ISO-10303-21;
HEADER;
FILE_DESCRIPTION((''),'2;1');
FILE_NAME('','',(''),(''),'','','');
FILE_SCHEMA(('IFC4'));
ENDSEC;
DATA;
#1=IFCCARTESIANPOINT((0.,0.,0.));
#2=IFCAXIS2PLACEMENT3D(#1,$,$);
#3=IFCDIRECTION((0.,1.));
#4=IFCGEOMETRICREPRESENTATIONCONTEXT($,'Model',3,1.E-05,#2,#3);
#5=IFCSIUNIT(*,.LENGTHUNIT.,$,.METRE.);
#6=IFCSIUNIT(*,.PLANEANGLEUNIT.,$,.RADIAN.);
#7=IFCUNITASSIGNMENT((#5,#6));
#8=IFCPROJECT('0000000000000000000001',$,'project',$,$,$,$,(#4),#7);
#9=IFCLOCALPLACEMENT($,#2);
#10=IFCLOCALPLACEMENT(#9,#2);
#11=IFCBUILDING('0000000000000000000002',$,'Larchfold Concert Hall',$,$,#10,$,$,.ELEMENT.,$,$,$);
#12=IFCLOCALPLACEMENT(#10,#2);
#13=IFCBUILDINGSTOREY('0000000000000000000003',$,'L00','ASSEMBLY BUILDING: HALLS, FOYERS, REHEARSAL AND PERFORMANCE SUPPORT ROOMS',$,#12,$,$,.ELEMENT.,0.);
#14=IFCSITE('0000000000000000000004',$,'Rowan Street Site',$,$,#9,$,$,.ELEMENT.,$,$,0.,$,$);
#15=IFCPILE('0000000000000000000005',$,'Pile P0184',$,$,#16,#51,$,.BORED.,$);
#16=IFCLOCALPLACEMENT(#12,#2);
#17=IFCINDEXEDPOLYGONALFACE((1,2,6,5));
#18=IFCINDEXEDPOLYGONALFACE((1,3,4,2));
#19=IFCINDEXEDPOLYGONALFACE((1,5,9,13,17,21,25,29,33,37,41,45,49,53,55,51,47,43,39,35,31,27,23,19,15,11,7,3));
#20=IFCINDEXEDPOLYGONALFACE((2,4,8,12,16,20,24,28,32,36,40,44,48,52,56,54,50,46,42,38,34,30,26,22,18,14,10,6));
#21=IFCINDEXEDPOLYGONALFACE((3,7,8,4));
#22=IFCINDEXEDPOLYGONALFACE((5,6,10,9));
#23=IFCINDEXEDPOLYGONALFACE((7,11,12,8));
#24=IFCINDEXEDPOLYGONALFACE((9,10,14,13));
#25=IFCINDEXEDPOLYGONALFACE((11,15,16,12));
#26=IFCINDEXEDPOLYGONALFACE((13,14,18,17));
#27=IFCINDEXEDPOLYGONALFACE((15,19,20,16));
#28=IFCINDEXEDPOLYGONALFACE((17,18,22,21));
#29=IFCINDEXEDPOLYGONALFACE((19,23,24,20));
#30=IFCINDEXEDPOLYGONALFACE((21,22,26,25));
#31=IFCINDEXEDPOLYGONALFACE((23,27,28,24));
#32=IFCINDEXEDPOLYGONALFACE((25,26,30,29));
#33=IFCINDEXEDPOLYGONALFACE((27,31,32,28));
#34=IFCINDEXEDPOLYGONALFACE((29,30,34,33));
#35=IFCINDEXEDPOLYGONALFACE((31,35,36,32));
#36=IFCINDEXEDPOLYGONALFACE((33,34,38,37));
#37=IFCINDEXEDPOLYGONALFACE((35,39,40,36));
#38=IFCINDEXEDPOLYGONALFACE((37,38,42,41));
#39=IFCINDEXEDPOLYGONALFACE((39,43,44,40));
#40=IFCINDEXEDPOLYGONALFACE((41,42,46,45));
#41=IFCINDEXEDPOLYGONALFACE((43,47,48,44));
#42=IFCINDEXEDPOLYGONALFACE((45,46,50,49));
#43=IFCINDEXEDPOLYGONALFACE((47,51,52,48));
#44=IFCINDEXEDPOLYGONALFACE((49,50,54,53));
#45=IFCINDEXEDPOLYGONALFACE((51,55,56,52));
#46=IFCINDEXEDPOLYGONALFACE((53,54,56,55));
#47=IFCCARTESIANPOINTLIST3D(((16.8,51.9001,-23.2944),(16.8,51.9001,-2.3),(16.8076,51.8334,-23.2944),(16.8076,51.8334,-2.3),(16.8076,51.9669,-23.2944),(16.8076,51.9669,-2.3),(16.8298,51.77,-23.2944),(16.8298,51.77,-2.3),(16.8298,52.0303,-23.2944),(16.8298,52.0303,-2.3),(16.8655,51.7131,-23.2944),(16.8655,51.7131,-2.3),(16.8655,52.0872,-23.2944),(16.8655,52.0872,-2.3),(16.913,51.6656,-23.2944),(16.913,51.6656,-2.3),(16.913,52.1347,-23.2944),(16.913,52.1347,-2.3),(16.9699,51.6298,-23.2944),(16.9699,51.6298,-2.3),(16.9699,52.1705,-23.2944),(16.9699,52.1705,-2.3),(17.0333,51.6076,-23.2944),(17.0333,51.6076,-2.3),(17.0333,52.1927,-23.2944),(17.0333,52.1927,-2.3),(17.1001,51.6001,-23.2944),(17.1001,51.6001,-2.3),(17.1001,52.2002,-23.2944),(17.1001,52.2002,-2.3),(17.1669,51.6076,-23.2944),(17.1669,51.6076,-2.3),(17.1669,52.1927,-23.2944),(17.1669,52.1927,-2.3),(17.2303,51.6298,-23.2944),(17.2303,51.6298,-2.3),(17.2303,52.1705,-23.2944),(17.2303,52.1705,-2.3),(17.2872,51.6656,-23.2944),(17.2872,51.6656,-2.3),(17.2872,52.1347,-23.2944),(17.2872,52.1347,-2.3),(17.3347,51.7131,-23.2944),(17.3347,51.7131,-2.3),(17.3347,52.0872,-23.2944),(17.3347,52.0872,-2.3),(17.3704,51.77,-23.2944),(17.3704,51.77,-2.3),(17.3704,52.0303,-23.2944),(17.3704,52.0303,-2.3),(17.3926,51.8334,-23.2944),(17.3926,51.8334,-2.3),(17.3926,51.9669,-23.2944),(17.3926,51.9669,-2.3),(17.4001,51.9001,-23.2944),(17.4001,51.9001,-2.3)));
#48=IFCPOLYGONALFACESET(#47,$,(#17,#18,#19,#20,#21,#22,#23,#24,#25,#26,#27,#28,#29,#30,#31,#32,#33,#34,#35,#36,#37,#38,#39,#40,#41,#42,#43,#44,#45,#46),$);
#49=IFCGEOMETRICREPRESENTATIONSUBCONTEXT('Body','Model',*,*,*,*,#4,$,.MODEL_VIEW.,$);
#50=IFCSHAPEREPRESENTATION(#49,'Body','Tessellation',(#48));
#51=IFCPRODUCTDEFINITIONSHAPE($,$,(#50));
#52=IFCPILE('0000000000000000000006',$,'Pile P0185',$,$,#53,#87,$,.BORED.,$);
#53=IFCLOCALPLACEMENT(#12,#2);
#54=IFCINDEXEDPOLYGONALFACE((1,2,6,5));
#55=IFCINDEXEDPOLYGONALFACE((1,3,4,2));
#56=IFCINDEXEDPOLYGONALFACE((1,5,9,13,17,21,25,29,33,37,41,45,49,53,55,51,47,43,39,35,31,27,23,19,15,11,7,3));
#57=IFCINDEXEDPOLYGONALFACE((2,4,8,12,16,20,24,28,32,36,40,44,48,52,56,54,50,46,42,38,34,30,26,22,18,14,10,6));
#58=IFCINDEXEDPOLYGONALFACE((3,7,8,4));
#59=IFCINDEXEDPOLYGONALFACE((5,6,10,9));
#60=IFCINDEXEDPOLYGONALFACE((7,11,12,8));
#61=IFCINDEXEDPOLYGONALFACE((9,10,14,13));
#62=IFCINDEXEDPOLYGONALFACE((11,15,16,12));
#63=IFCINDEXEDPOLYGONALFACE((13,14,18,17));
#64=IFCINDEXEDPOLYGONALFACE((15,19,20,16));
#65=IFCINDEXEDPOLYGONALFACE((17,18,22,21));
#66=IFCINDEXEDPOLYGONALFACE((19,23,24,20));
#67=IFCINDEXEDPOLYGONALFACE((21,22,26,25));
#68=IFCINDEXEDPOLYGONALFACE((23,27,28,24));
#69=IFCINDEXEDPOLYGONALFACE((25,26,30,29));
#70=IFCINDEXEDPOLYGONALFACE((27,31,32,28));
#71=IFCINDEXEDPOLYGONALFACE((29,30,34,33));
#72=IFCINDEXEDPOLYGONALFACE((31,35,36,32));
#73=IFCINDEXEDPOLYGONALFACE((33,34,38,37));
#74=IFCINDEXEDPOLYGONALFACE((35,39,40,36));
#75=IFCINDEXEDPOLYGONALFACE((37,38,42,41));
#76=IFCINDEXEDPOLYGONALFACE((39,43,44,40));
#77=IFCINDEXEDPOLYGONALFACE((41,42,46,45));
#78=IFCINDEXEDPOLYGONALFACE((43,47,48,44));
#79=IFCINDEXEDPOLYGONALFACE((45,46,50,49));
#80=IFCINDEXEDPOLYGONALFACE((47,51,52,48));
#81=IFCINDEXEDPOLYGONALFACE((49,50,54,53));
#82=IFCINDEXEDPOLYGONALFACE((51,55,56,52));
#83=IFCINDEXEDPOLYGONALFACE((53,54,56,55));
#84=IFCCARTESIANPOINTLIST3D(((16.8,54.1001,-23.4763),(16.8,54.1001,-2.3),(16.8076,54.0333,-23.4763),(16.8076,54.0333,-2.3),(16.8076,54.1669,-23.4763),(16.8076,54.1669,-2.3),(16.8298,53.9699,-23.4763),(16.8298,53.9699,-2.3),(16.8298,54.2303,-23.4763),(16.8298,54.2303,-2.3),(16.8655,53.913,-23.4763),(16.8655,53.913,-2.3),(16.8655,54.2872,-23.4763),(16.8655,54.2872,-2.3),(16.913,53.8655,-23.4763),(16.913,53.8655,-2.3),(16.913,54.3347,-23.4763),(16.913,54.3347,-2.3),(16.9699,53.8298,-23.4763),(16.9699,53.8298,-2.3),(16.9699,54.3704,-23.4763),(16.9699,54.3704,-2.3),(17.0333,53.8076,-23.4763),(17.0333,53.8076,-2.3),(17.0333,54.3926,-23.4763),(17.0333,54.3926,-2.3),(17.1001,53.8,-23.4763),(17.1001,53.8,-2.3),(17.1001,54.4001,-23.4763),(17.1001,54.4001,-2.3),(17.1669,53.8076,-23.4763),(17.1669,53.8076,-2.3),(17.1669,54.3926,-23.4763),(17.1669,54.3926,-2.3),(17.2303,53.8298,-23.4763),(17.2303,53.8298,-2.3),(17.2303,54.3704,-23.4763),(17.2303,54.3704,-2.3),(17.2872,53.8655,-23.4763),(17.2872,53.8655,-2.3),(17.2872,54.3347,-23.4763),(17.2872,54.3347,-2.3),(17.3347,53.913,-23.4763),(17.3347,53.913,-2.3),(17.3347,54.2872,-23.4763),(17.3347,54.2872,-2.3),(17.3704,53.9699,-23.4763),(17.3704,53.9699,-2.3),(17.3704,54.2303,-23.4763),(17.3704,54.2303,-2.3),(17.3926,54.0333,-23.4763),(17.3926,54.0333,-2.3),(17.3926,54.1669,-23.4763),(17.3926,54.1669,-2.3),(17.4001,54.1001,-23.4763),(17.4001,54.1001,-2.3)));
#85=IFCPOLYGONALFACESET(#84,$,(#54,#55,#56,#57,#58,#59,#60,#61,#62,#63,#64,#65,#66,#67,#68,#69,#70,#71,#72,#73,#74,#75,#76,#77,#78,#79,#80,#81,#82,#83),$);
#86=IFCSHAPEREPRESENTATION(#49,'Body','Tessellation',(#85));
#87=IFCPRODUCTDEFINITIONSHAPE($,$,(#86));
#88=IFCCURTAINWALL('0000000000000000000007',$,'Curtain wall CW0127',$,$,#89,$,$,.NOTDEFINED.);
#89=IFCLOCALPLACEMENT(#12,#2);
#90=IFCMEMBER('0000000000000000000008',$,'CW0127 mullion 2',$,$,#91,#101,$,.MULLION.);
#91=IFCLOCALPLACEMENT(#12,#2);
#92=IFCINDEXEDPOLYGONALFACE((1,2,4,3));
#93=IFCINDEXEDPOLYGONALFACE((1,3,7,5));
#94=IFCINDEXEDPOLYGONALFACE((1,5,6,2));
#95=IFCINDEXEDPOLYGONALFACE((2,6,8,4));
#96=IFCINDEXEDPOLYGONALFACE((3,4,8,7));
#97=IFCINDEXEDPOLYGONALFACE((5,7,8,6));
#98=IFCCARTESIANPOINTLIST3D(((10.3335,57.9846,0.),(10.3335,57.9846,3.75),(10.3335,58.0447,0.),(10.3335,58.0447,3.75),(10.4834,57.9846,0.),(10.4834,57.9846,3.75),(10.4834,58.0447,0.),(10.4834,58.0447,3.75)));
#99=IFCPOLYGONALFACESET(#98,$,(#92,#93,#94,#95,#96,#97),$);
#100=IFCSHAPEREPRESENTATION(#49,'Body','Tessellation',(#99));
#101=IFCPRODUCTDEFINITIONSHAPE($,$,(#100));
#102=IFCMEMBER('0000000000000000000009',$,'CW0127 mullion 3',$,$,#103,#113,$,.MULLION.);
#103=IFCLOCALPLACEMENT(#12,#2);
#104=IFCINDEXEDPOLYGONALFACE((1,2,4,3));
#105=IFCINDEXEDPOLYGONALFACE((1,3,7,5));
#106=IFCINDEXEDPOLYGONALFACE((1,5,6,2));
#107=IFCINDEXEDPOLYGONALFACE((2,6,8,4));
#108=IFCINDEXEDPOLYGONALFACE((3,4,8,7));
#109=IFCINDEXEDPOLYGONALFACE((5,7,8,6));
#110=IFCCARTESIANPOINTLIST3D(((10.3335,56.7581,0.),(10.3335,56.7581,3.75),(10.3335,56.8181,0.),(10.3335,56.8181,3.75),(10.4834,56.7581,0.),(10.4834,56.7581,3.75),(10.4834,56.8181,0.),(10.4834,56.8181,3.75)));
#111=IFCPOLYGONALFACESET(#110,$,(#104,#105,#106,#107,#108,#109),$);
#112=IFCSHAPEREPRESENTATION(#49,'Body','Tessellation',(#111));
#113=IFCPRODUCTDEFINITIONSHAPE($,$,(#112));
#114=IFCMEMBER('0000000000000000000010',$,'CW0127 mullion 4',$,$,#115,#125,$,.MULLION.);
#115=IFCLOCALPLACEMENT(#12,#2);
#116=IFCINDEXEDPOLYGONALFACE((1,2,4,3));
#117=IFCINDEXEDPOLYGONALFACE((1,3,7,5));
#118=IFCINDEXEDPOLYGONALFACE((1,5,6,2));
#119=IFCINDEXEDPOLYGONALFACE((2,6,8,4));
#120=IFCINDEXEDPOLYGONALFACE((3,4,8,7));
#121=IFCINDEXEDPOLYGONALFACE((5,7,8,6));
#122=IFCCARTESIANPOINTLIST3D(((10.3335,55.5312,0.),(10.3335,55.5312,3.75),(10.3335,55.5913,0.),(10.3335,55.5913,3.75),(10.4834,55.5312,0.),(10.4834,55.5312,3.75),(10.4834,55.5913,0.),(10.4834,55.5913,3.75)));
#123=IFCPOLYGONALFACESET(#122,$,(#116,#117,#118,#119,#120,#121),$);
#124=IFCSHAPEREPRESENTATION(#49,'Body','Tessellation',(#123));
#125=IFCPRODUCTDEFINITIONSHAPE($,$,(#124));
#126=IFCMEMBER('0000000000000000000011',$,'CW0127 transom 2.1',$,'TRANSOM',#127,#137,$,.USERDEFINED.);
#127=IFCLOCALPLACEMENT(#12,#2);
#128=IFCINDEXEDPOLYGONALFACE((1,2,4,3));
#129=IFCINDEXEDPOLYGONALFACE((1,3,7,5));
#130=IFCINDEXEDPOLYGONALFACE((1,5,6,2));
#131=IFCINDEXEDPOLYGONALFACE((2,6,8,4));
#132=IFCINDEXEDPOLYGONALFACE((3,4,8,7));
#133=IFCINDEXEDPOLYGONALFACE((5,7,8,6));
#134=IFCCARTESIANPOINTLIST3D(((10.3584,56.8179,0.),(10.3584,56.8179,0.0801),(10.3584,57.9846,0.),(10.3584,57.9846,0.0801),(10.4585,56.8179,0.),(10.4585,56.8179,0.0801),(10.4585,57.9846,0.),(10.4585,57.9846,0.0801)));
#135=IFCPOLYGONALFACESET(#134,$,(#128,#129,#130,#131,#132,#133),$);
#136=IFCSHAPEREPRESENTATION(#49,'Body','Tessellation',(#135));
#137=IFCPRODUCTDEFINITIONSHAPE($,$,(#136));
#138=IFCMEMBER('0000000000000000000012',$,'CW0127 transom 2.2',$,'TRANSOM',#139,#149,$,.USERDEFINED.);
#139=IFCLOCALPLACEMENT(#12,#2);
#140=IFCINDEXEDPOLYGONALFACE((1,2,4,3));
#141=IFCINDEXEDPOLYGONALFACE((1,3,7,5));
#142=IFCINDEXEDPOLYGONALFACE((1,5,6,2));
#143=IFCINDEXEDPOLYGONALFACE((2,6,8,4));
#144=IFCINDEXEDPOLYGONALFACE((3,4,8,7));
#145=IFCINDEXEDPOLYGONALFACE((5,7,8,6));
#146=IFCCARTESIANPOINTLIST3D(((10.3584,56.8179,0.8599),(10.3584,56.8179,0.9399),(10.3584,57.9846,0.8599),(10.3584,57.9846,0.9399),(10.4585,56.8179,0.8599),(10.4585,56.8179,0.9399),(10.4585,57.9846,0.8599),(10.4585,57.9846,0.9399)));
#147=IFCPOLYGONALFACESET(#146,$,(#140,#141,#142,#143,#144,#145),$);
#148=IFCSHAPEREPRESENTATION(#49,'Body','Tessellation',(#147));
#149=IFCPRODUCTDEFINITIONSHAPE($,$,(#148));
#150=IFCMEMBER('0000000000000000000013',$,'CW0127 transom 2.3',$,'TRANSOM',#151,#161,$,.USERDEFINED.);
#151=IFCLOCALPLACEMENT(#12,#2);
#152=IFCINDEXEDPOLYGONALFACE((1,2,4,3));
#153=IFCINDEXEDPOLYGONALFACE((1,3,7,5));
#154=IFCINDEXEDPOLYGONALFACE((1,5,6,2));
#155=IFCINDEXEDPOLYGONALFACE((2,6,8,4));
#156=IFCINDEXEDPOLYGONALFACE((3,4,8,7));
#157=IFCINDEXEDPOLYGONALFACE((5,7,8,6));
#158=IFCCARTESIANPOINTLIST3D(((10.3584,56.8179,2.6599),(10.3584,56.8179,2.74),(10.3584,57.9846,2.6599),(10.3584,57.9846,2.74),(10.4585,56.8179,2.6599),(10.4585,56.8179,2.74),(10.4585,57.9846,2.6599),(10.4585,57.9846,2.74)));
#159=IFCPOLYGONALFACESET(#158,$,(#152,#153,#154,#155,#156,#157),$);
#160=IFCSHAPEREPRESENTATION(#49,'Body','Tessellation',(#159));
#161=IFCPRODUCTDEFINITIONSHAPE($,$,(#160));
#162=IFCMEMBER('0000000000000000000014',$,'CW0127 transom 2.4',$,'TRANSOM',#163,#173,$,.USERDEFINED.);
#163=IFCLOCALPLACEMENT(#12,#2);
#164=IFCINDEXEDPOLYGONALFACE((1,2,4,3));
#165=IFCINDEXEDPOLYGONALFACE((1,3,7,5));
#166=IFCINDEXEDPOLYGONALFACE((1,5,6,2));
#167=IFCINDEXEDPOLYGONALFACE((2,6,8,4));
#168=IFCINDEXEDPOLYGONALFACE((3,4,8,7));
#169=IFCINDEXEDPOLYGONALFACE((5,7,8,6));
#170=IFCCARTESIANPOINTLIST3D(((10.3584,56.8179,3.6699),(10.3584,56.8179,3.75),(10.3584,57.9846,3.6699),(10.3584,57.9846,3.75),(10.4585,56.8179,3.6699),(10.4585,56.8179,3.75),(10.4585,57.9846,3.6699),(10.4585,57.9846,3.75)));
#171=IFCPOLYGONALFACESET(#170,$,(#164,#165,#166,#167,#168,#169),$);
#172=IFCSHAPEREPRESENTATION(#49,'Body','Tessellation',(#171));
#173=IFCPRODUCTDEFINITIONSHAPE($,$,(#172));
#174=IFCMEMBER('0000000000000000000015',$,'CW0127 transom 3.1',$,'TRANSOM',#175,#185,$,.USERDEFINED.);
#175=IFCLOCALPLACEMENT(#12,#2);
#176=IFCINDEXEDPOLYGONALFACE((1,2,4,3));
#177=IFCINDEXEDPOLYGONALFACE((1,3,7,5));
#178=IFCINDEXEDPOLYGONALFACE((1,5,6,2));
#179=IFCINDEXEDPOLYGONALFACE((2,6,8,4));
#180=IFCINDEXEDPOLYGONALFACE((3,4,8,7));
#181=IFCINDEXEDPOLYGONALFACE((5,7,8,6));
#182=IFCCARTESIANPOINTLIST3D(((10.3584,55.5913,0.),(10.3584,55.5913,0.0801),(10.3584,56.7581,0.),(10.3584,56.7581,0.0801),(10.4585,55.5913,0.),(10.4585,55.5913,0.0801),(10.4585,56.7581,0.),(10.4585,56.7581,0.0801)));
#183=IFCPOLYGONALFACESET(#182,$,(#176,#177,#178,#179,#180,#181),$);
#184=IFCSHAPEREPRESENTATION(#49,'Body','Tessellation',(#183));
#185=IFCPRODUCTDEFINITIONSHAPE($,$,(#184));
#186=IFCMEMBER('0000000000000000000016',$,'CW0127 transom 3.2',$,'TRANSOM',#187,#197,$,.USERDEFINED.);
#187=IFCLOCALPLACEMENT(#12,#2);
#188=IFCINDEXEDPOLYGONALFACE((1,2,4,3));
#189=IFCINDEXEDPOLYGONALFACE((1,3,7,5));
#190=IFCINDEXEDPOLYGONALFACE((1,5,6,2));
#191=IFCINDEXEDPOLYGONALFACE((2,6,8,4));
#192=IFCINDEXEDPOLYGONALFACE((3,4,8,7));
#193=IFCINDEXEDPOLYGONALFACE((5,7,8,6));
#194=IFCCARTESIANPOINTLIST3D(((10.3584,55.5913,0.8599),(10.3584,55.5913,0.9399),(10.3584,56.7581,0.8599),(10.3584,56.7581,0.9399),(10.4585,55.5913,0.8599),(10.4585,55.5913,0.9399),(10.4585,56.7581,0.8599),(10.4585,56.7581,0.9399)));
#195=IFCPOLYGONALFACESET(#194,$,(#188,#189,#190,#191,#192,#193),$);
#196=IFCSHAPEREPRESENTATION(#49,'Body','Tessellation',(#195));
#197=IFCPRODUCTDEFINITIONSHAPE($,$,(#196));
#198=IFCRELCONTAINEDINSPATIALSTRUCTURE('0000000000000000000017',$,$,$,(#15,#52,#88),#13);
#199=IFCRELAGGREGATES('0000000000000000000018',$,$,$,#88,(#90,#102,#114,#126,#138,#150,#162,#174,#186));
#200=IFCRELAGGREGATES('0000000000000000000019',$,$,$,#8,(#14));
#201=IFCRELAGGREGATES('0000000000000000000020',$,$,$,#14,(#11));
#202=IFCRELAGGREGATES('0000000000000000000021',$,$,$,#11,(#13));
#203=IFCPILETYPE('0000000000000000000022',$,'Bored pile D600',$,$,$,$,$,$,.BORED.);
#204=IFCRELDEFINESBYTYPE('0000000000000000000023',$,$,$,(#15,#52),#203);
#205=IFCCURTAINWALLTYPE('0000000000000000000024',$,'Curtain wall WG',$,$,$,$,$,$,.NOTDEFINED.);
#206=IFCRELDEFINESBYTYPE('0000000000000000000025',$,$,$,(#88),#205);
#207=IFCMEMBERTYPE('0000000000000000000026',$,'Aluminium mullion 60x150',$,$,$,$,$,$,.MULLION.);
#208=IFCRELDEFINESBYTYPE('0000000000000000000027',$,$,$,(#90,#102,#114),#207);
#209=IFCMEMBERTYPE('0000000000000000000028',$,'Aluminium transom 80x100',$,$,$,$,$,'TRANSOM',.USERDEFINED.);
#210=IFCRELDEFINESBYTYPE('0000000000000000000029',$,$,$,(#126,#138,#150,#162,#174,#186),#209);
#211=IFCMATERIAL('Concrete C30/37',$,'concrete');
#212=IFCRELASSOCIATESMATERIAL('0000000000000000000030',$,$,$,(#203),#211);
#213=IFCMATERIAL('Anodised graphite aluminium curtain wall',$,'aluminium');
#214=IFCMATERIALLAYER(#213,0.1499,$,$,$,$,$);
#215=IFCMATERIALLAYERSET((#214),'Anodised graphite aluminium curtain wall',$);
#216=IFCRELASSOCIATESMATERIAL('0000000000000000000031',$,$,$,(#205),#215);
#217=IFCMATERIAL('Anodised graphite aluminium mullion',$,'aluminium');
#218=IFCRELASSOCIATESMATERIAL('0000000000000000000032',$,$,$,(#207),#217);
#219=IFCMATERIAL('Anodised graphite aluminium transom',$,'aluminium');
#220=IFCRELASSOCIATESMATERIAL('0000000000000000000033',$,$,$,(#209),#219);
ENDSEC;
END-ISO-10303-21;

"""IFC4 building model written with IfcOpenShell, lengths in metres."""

from ifc_helpers import new_model, si_unit, direction, frame, origin, origin_2d, place, context, subcontext, project, spatial, rectangle, circle, extrude, material, layer, layer_set, material_profile, profile_set, type_object, element, aggregate, save


model = new_model("IFC4")

# Units and contexts
model_context = context("Model", 3, precision=1e-05, world=origin(), true_north=direction((0.0, 1.0)))
body_context = subcontext(model_context, "Body", "Model", "MODEL_VIEW")
ifc_project = project(units=[si_unit("LENGTHUNIT", "METRE"), si_unit("PLANEANGLEUNIT", "RADIAN")], contexts=[model_context])

# Site, building, storey
site_placement = place(None, origin())
site = spatial("IfcSite", under=ifc_project, at=site_placement, Name="Rowan Street Site", CompositionType="ELEMENT", RefElevation=0.0)
building_placement = place(site_placement, origin())
building = spatial("IfcBuilding", under=site, at=building_placement, Name="Larchfold Concert Hall", CompositionType="ELEMENT")
storey_placement = place(building_placement, origin())
storey = spatial("IfcBuildingStorey", under=building, at=storey_placement, Name="L00", Description="ASSEMBLY BUILDING: HALLS, FOYERS, REHEARSAL AND PERFORMANCE SUPPORT ROOMS", CompositionType="ELEMENT", Elevation=0.0)

# Piles
ifc_material_1 = material(Name="Concrete C30/37", Category="concrete")
ifc_material_profile_1 = material_profile(ifc_material_1, circle(Radius=0.3, at=origin_2d()))
ifc_profile_set_1 = profile_set([ifc_material_profile_1], Name="Concrete C30/37")
pile_type = type_object("IfcPileType", Name="Bored pile D600", PredefinedType="BORED", material=ifc_profile_set_1)
pile_1_placement = place(storey_placement, frame((17.1001, 51.9001, -2.3), z_axis=(0.0, 0.0, -1.0), x_axis=(1.0, 0.0, 0.0)))
element("IfcPile", 1, at=pile_1_placement, inside=storey, type_object=pile_type, Name="Pile P0184", PredefinedType="BORED", context=body_context, shape_type="SweptSolid", body=[
    extrude(circle(Radius=0.3, at=origin_2d()), origin(), (0.0, 0.0, 1.0), 20.9944),
])
pile_2_placement = place(storey_placement, frame((17.1001, 54.1001, -2.3), z_axis=(0.0, 0.0, -1.0), x_axis=(1.0, 0.0, 0.0)))
element("IfcPile", 2, at=pile_2_placement, inside=storey, type_object=pile_type, Name="Pile P0185", PredefinedType="BORED", context=body_context, shape_type="SweptSolid", body=[
    extrude(circle(Radius=0.3, at=origin_2d()), origin(), (0.0, 0.0, 1.0), 21.1763),
])

# Curtain wall, members
ifc_material_2 = material(Name="Anodised graphite aluminium curtain wall", Category="aluminium")
ifc_layer_1 = layer(ifc_material_2, 0.1499)
ifc_layer_set_1 = layer_set([ifc_layer_1], Name="Anodised graphite aluminium curtain wall")
curtain_wall_type = type_object("IfcCurtainWallType", Name="Curtain wall WG", PredefinedType="NOTDEFINED", material=ifc_layer_set_1)
curtain_wall_placement = place(storey_placement, origin())
curtain_wall = element("IfcCurtainWall", 3, at=curtain_wall_placement, inside=storey, type_object=curtain_wall_type, Name="Curtain wall CW0127", PredefinedType="NOTDEFINED")
ifc_material_3 = material(Name="Anodised graphite aluminium mullion", Category="aluminium")
ifc_material_profile_2 = material_profile(ifc_material_3, rectangle(XDim=0.1499, YDim=0.0601, at=origin_2d()))
ifc_profile_set_2 = profile_set([ifc_material_profile_2], Name="Anodised graphite aluminium mullion")
member_type_1 = type_object("IfcMemberType", Name="Aluminium mullion 60x150", PredefinedType="MULLION", material=ifc_profile_set_2)
member_1_placement = place(storey_placement, frame((10.4084, 58.0146, 0.0), z_axis=(0.0, 0.0, 1.0), x_axis=(1.0, 0.0, 0.0)))
member_1 = element("IfcMember", 4, at=member_1_placement, type_object=member_type_1, Name="CW0127 mullion 2", PredefinedType="MULLION", context=body_context, shape_type="SweptSolid", body=[
    extrude(rectangle(XDim=0.1499, YDim=0.0601, at=origin_2d()), origin(), (0.0, 0.0, 1.0), 3.75),
])
member_2_placement = place(storey_placement, frame((10.4084, 56.7881, 0.0), z_axis=(0.0, 0.0, 1.0), x_axis=(1.0, 0.0, 0.0)))
member_2 = element("IfcMember", 5, at=member_2_placement, type_object=member_type_1, Name="CW0127 mullion 3", PredefinedType="MULLION", context=body_context, shape_type="SweptSolid", body=[
    extrude(rectangle(XDim=0.1499, YDim=0.0601, at=origin_2d()), origin(), (0.0, 0.0, 1.0), 3.75),
])
member_3_placement = place(storey_placement, frame((10.4084, 55.5613, 0.0), z_axis=(0.0, 0.0, 1.0), x_axis=(1.0, 0.0, 0.0)))
member_3 = element("IfcMember", 6, at=member_3_placement, type_object=member_type_1, Name="CW0127 mullion 4", PredefinedType="MULLION", context=body_context, shape_type="SweptSolid", body=[
    extrude(rectangle(XDim=0.1499, YDim=0.0601, at=origin_2d()), origin(), (0.0, 0.0, 1.0), 3.75),
])
ifc_material_4 = material(Name="Anodised graphite aluminium transom", Category="aluminium")
ifc_material_profile_3 = material_profile(ifc_material_4, rectangle(XDim=0.1001, YDim=0.0801, at=origin_2d()))
ifc_profile_set_3 = profile_set([ifc_material_profile_3], Name="Anodised graphite aluminium transom")
member_type_2 = type_object("IfcMemberType", Name="Aluminium transom 80x100", ElementType="TRANSOM", PredefinedType="USERDEFINED", material=ifc_profile_set_3)
member_4_placement = place(storey_placement, frame((10.4084, 57.9846, 0.04), z_axis=(0.0, -1.0, 0.0), x_axis=(1.0, 0.0, 0.0)))
member_4 = element("IfcMember", 7, at=member_4_placement, type_object=member_type_2, Name="CW0127 transom 2.1", ObjectType="TRANSOM", PredefinedType="USERDEFINED", context=body_context, shape_type="SweptSolid", body=[
    extrude(rectangle(XDim=0.1001, YDim=0.0801, at=origin_2d()), origin(), (0.0, 0.0, 1.0), 1.1667),
])
member_5_placement = place(storey_placement, frame((10.4084, 57.9846, 0.8999), z_axis=(0.0, -1.0, 0.0), x_axis=(1.0, 0.0, 0.0)))
member_5 = element("IfcMember", 8, at=member_5_placement, type_object=member_type_2, Name="CW0127 transom 2.2", ObjectType="TRANSOM", PredefinedType="USERDEFINED", context=body_context, shape_type="SweptSolid", body=[
    extrude(rectangle(XDim=0.1001, YDim=0.0801, at=origin_2d()), origin(), (0.0, 0.0, 1.0), 1.1667),
])
member_6_placement = place(storey_placement, frame((10.4084, 57.9846, 2.7), z_axis=(0.0, -1.0, 0.0), x_axis=(1.0, 0.0, 0.0)))
member_6 = element("IfcMember", 9, at=member_6_placement, type_object=member_type_2, Name="CW0127 transom 2.3", ObjectType="TRANSOM", PredefinedType="USERDEFINED", context=body_context, shape_type="SweptSolid", body=[
    extrude(rectangle(XDim=0.1001, YDim=0.0801, at=origin_2d()), origin(), (0.0, 0.0, 1.0), 1.1667),
])
member_7_placement = place(storey_placement, frame((10.4084, 57.9846, 3.71), z_axis=(0.0, -1.0, 0.0), x_axis=(1.0, 0.0, 0.0)))
member_7 = element("IfcMember", 10, at=member_7_placement, type_object=member_type_2, Name="CW0127 transom 2.4", ObjectType="TRANSOM", PredefinedType="USERDEFINED", context=body_context, shape_type="SweptSolid", body=[
    extrude(rectangle(XDim=0.1001, YDim=0.0801, at=origin_2d()), origin(), (0.0, 0.0, 1.0), 1.1667),
])
member_8_placement = place(storey_placement, frame((10.4084, 56.7581, 0.04), z_axis=(0.0, -1.0, 0.0), x_axis=(1.0, 0.0, 0.0)))
member_8 = element("IfcMember", 11, at=member_8_placement, type_object=member_type_2, Name="CW0127 transom 3.1", ObjectType="TRANSOM", PredefinedType="USERDEFINED", context=body_context, shape_type="SweptSolid", body=[
    extrude(rectangle(XDim=0.1001, YDim=0.0801, at=origin_2d()), origin(), (0.0, 0.0, 1.0), 1.1667),
])
member_9_placement = place(storey_placement, frame((10.4084, 56.7581, 0.8999), z_axis=(0.0, -1.0, 0.0), x_axis=(1.0, 0.0, 0.0)))
member_9 = element("IfcMember", 12, at=member_9_placement, type_object=member_type_2, Name="CW0127 transom 3.2", ObjectType="TRANSOM", PredefinedType="USERDEFINED", context=body_context, shape_type="SweptSolid", body=[
    extrude(rectangle(XDim=0.1001, YDim=0.0801, at=origin_2d()), origin(), (0.0, 0.0, 1.0), 1.1667),
])
aggregate(curtain_wall, [member_1, member_2, member_3, member_4, member_5, member_6, member_7, member_8, member_9])

save(model, "model.ifc")
